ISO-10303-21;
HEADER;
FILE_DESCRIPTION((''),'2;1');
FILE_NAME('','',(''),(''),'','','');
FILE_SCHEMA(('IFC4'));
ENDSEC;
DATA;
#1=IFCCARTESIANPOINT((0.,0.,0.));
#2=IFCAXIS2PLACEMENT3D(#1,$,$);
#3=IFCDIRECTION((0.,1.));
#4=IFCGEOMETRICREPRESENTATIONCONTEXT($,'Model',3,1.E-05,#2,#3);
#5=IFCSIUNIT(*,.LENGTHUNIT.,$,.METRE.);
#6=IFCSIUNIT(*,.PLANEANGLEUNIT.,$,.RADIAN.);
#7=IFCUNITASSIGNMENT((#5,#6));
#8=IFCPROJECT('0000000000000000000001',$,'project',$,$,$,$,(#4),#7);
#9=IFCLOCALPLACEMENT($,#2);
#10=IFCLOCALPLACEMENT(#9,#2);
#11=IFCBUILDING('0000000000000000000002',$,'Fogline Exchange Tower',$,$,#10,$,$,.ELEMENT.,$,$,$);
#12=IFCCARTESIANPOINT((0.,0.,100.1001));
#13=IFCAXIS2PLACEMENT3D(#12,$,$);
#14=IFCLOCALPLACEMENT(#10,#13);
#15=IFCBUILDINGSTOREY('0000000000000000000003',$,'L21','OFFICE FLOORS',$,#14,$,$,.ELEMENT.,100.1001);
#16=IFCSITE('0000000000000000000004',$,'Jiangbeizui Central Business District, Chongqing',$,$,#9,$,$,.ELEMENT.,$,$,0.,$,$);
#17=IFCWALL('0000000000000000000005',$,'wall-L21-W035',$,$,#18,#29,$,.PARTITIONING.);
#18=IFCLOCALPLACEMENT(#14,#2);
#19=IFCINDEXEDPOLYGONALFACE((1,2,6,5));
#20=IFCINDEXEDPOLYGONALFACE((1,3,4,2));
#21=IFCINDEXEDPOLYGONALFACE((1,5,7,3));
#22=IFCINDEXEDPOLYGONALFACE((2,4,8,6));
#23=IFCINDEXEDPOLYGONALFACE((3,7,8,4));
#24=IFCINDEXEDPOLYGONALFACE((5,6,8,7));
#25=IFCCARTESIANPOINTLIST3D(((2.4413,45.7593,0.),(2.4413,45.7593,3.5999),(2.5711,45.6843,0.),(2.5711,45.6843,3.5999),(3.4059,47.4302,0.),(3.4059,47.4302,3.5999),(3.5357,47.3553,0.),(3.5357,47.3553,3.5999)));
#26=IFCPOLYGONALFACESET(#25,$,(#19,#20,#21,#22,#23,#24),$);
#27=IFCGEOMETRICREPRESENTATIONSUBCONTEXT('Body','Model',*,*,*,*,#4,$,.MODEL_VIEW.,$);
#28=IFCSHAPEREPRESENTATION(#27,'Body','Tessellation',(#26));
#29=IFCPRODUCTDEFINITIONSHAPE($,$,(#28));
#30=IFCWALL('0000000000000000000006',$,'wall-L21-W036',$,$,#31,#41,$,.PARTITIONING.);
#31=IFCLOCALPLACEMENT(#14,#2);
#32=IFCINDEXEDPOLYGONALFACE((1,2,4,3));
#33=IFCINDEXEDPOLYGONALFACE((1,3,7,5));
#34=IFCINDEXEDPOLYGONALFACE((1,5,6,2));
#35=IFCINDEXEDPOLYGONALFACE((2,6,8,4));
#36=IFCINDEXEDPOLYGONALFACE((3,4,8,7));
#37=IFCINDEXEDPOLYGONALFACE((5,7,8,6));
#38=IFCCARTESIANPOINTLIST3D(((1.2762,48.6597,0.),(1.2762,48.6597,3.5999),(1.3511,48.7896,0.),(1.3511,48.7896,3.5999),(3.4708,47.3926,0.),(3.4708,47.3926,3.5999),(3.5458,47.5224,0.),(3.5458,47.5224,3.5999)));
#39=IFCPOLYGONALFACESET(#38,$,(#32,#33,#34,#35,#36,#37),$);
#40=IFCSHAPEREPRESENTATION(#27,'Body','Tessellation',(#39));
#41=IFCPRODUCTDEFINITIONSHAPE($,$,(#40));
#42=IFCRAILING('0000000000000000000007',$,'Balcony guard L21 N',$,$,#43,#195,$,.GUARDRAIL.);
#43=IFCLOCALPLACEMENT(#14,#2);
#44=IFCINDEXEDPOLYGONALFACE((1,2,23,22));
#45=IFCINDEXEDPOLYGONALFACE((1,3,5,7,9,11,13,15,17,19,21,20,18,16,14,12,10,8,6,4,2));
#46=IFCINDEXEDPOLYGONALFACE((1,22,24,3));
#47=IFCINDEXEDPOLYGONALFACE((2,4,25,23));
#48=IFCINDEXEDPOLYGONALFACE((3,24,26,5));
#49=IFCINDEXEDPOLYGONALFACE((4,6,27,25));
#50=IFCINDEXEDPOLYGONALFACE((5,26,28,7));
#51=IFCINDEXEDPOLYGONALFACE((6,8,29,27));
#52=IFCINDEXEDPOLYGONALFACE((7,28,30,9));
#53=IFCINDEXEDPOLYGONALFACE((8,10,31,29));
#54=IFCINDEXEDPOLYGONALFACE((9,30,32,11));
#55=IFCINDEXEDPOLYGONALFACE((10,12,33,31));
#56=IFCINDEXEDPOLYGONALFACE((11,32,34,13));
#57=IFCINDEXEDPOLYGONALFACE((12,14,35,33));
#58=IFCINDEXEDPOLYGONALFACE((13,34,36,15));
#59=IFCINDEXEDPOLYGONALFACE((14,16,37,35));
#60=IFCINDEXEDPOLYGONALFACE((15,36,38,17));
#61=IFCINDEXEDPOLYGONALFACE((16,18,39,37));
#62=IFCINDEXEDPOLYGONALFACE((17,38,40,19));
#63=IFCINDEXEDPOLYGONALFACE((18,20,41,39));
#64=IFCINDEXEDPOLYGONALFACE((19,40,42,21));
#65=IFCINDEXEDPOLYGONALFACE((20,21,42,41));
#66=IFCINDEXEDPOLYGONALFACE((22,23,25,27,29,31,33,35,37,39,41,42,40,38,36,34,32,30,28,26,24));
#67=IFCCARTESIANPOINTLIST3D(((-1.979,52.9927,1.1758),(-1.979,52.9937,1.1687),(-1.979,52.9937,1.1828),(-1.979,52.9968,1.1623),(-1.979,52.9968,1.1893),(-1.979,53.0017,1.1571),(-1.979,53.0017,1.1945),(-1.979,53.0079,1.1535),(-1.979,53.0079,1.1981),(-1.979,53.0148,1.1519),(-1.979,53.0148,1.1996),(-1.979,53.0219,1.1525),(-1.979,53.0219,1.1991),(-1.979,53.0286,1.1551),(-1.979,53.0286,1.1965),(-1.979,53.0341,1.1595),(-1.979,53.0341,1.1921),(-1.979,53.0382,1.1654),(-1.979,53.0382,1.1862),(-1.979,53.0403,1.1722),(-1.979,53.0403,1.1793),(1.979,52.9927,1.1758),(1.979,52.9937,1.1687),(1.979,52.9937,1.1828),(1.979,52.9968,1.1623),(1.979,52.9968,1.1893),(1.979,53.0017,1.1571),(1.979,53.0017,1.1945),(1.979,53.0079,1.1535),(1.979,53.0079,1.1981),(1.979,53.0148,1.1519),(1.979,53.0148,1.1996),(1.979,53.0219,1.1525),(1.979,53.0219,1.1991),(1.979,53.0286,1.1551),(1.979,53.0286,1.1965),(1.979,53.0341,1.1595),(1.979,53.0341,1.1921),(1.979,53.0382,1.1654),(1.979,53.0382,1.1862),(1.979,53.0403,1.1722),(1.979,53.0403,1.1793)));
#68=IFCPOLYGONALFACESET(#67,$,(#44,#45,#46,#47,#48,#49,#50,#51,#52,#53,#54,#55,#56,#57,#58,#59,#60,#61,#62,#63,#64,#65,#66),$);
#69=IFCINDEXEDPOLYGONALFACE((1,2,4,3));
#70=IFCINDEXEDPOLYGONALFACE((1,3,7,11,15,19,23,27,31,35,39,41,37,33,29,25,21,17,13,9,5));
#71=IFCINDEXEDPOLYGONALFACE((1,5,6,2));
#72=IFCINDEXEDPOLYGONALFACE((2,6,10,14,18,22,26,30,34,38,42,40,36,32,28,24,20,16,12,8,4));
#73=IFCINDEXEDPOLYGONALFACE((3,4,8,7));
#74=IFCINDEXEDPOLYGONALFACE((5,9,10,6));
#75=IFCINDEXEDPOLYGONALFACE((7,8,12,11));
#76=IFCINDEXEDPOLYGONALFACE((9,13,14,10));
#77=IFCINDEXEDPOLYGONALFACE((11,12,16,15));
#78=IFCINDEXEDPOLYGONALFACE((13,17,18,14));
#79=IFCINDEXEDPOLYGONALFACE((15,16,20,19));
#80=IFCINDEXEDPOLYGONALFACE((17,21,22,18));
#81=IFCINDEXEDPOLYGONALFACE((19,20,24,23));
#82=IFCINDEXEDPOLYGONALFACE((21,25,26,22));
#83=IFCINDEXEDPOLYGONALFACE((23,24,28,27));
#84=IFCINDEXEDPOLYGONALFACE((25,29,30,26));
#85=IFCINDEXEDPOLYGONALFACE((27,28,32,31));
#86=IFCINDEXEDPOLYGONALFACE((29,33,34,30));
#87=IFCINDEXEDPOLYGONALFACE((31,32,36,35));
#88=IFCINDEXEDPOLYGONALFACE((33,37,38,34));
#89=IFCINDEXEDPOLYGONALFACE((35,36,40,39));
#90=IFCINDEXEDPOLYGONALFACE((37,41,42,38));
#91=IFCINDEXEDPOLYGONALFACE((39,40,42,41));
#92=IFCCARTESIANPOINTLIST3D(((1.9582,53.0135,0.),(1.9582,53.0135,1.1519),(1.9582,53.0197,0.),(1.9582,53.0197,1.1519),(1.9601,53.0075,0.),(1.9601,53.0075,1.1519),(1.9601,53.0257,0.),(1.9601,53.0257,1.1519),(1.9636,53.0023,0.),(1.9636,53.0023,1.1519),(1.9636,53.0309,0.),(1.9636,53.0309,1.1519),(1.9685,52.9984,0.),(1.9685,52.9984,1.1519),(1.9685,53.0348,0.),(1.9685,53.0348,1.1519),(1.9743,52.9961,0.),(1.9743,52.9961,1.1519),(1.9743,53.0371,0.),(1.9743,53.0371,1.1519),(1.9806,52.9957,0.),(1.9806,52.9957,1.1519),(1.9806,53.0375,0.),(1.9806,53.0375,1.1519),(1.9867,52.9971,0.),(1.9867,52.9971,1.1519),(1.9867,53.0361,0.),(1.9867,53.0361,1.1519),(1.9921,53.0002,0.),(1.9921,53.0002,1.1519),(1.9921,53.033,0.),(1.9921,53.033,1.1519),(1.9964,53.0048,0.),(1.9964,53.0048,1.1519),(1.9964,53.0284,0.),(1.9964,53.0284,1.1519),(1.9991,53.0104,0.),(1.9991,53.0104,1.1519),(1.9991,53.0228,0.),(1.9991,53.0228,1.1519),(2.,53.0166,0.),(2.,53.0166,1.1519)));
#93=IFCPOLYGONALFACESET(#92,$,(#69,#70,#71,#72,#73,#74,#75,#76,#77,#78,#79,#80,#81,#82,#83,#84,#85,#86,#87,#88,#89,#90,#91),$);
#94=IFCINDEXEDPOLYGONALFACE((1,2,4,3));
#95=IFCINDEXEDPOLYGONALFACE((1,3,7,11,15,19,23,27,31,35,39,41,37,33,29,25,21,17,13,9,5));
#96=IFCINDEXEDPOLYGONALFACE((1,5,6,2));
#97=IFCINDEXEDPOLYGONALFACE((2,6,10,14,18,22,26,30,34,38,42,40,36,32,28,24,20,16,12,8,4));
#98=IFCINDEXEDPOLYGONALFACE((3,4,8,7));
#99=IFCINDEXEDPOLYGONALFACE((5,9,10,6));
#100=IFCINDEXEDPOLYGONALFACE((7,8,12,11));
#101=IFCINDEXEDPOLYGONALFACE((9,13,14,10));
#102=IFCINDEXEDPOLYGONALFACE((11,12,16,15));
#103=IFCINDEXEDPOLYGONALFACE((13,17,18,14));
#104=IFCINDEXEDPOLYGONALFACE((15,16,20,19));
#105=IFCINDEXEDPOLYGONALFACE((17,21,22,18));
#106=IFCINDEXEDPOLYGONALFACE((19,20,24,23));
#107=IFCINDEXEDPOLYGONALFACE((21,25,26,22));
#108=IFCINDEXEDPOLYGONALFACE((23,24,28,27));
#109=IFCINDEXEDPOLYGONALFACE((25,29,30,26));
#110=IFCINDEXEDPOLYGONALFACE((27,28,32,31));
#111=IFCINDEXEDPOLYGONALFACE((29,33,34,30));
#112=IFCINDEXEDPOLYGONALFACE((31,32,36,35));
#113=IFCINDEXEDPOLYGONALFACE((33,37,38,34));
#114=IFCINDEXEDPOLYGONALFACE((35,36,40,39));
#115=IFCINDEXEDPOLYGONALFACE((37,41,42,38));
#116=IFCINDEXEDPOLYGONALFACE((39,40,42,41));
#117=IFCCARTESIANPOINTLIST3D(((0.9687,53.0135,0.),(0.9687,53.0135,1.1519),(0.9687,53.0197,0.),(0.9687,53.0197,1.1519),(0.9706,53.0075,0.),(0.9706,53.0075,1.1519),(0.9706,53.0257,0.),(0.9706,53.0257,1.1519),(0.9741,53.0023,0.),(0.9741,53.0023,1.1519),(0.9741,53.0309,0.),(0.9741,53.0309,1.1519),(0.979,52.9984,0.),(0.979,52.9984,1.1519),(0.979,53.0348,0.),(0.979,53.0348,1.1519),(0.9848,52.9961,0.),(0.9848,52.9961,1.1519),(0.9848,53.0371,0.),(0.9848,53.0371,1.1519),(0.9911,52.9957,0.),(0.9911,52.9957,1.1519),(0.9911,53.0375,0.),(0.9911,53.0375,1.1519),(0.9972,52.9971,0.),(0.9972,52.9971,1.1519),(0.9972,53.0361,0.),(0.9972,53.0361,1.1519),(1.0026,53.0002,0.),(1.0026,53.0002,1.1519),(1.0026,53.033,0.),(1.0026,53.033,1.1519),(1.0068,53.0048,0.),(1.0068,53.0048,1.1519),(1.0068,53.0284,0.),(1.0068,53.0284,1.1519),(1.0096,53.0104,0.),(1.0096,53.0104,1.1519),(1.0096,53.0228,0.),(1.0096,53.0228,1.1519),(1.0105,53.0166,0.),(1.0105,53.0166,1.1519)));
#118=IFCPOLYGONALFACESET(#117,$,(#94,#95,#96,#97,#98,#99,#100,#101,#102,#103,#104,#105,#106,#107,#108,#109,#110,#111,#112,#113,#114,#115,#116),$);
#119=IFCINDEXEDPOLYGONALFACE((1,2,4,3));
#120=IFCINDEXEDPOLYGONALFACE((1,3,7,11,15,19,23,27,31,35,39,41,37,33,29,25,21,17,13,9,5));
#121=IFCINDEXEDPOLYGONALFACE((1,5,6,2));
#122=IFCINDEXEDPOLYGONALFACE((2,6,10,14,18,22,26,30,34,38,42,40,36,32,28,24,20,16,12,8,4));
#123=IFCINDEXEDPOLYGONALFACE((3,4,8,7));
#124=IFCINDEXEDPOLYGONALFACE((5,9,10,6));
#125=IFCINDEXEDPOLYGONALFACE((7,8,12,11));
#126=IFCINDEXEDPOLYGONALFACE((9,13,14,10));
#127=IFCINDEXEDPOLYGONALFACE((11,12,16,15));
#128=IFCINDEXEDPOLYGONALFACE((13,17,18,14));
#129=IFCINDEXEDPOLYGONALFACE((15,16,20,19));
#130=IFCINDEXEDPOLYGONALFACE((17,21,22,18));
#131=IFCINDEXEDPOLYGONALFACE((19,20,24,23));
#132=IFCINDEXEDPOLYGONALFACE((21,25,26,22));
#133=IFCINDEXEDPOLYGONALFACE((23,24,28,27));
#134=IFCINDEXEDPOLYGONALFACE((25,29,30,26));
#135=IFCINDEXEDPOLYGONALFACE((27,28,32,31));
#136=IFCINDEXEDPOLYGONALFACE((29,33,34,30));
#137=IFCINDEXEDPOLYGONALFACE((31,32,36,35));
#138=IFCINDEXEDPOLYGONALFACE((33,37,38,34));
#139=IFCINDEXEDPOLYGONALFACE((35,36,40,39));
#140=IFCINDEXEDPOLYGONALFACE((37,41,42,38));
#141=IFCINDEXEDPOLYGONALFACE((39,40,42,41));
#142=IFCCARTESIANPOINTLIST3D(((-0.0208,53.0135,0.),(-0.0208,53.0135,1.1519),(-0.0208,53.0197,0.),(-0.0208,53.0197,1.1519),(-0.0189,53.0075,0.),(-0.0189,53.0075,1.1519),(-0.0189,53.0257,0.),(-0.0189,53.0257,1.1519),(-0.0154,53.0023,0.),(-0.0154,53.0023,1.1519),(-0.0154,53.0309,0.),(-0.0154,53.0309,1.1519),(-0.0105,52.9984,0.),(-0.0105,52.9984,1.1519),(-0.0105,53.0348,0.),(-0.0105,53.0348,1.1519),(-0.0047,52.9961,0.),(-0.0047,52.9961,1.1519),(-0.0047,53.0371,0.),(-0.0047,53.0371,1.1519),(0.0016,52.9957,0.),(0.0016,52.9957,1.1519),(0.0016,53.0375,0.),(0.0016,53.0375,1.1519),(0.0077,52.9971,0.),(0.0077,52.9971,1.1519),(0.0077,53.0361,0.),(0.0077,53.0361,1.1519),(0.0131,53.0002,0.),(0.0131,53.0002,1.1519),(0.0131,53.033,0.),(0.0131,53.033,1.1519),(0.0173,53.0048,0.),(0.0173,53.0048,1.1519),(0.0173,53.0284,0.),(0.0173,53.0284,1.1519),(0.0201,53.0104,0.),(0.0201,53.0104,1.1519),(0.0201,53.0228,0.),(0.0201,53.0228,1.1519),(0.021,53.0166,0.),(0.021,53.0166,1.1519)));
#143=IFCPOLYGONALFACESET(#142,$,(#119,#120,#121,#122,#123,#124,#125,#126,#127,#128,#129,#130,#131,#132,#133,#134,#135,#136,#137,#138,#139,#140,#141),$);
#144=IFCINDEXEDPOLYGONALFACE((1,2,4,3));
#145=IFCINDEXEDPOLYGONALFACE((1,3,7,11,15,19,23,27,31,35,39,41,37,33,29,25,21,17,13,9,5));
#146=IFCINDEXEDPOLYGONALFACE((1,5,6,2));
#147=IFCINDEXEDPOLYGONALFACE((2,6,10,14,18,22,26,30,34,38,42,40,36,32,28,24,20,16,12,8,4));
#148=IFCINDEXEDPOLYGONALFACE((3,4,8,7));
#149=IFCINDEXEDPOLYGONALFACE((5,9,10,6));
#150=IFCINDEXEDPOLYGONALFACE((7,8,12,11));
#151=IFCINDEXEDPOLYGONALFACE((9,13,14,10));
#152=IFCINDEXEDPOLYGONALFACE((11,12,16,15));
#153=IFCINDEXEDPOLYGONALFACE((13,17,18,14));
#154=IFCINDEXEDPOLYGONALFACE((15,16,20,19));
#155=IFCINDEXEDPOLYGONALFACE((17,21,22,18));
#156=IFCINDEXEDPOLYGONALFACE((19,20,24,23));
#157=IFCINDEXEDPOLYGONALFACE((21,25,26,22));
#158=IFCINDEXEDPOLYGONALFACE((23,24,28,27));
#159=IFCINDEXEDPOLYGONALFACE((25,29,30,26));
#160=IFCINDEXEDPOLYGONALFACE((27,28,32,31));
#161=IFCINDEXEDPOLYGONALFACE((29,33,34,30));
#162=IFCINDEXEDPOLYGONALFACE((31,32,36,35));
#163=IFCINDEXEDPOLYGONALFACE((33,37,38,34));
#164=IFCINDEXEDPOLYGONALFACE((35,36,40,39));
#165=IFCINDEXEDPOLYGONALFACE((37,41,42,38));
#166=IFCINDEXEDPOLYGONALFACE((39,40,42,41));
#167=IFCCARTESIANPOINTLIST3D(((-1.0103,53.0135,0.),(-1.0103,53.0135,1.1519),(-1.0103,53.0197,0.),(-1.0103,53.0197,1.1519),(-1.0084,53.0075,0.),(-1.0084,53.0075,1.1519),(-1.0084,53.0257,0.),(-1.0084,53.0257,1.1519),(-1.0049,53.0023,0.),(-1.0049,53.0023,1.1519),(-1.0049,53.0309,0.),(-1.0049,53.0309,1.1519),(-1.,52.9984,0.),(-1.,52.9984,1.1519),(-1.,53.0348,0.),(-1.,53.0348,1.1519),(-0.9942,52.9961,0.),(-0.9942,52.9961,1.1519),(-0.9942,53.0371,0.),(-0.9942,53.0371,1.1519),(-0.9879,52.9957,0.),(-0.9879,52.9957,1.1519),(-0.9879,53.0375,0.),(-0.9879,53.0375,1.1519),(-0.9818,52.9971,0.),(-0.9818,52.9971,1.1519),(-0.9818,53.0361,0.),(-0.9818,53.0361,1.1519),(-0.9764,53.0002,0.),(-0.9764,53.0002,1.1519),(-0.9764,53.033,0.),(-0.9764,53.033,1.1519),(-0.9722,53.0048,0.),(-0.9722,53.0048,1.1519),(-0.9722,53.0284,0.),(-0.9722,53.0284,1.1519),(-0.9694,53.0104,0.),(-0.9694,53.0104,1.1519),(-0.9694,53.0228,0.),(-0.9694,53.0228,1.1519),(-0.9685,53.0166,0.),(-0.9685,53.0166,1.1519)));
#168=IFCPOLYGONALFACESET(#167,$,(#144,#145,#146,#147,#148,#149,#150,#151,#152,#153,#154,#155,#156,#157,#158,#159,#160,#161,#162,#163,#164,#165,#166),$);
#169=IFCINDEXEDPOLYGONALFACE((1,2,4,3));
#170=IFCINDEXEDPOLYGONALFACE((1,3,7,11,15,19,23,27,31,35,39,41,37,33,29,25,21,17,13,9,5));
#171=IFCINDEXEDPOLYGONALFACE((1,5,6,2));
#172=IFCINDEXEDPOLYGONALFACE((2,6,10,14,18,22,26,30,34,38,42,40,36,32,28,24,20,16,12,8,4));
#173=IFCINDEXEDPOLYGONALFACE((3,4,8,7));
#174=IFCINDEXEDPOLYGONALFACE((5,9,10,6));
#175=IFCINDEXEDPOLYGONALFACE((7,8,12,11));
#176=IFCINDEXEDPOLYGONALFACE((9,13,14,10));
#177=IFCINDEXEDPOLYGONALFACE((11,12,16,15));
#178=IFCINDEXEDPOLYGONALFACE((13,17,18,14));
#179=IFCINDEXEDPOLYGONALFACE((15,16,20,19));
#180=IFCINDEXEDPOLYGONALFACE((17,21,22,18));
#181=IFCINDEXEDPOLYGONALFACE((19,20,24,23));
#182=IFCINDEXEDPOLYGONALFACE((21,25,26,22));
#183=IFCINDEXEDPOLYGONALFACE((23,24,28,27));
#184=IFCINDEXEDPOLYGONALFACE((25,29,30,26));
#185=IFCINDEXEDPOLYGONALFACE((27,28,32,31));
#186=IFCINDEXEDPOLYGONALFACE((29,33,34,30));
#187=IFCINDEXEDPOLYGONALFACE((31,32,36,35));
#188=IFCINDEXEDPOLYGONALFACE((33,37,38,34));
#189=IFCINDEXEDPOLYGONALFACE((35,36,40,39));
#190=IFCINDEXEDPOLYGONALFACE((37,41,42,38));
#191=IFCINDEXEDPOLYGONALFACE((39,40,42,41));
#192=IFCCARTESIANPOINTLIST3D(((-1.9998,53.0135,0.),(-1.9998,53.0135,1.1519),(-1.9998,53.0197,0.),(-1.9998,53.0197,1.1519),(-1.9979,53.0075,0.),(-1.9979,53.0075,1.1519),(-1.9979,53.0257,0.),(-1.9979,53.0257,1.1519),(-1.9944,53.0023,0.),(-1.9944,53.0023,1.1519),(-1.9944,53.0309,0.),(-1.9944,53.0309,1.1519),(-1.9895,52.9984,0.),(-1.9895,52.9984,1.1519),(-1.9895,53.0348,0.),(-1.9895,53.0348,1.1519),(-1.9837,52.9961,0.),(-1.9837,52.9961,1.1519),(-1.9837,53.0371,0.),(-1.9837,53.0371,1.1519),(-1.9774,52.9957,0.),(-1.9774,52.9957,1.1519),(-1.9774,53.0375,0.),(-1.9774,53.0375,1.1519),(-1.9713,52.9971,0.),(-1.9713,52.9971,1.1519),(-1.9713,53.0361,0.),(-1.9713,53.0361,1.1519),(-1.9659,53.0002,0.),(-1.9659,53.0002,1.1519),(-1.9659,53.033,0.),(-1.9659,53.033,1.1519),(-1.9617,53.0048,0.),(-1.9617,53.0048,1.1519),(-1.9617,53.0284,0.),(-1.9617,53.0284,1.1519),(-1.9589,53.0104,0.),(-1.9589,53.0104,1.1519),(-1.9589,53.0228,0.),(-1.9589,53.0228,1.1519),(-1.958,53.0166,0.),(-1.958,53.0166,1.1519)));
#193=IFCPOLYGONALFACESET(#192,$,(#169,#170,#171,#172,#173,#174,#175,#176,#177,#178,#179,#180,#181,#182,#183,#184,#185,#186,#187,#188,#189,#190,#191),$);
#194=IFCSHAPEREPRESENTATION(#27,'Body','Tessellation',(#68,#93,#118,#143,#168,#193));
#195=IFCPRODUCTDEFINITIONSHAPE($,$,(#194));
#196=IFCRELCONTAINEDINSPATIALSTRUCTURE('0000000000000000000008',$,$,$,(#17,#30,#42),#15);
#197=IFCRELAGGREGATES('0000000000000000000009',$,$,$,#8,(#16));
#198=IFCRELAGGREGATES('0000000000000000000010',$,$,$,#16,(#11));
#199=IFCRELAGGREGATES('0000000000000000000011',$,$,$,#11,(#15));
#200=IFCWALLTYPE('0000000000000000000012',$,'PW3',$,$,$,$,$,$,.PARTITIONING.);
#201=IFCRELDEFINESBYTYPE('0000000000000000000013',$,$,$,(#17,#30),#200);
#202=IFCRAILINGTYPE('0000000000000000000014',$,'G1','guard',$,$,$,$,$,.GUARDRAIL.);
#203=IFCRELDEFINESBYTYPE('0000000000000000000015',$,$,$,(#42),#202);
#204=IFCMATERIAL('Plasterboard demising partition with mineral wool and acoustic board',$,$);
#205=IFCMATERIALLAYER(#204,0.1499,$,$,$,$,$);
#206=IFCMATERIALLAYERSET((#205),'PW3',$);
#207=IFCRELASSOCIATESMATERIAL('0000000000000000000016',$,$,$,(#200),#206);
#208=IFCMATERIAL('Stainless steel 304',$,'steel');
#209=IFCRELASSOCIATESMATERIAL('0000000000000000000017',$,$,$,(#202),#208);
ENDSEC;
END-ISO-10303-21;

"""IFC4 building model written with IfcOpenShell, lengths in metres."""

from ifc_helpers import new_model, si_unit, direction, frame, frame_2d, origin, origin_2d, place, context, subcontext, project, spatial, rectangle, circle, extrude, material, layer, layer_set, type_object, element, save


model = new_model("IFC4")

# Units and contexts
model_context = context("Model", 3, precision=1e-05, world=origin(), true_north=direction((0.0, 1.0)))
body_context = subcontext(model_context, "Body", "Model", "MODEL_VIEW")
ifc_project = project(units=[si_unit("LENGTHUNIT", "METRE"), si_unit("PLANEANGLEUNIT", "RADIAN")], contexts=[model_context])

# Site, building, storey
site_placement = place(None, origin())
site = spatial("IfcSite", under=ifc_project, at=site_placement, Name="Jiangbeizui Central Business District, Chongqing", CompositionType="ELEMENT", RefElevation=0.0)
building_placement = place(site_placement, origin())
building = spatial("IfcBuilding", under=site, at=building_placement, Name="Fogline Exchange Tower", CompositionType="ELEMENT")
storey_placement = place(building_placement, frame((0.0, 0.0, 100.1001)))
storey = spatial("IfcBuildingStorey", under=building, at=storey_placement, Name="L21", Description="OFFICE FLOORS", CompositionType="ELEMENT", Elevation=100.1001)

# Walls
ifc_material_1 = material(Name="Plasterboard demising partition with mineral wool and acoustic board")
ifc_layer_1 = layer(ifc_material_1, 0.1499)
ifc_layer_set_1 = layer_set([ifc_layer_1], Name="PW3")
wall_type_1 = type_object("IfcWallType", Name="PW3", PredefinedType="PARTITIONING", material=ifc_layer_set_1)
wall_1_placement = place(storey_placement, frame((2.5061, 45.7217, 0.0), z_axis=(0.0, 0.0, 1.0), x_axis=(0.499963, 0.866047, 0.0)))
element("IfcWall", 1, at=wall_1_placement, inside=storey, type_object=wall_type_1, Name="wall-L21-W035", PredefinedType="PARTITIONING", context=body_context, shape_type="SweptSolid", body=[
    extrude(rectangle(XDim=1.9294, YDim=0.1499, at=frame_2d((0.9648, 0.0))), origin(), (0.0, 0.0, 1.0), 3.5999),
])
wall_2_placement = place(storey_placement, frame((3.5083, 47.4575, 0.0), z_axis=(0.0, 0.0, 1.0), x_axis=(-0.866017, 0.500014, 0.0)))
element("IfcWall", 2, at=wall_2_placement, inside=storey, type_object=wall_type_1, Name="wall-L21-W036", PredefinedType="PARTITIONING", context=body_context, shape_type="SweptSolid", body=[
    extrude(rectangle(XDim=2.5342, YDim=0.1499, at=frame_2d((1.2671, 0.0))), origin(), (0.0, 0.0, 1.0), 3.5999),
])

# Railing
ifc_material_2 = material(Name="Stainless steel 304", Category="steel")
railing_type = type_object("IfcRailingType", Name="G1", Description="guard", PredefinedType="GUARDRAIL", material=ifc_material_2)
railing_placement = place(storey_placement, frame((1.979, 53.0166, 0.0)))
element("IfcRailing", 3, at=railing_placement, inside=storey, type_object=railing_type, Name="Balcony guard L21 N", PredefinedType="GUARDRAIL", context=body_context, shape_type="SweptSolid", body=[
    extrude(circle(Radius=0.0239, at=origin_2d()), frame((0.0, 0.0, 1.1758), z_axis=(-1.0, 0.0, 0.0), x_axis=(0.0, -1.0, 0.0)), (0.0, 0.0, 1.0), 3.958),
    extrude(circle(Radius=0.021, at=origin_2d()), origin(), (0.0, 0.0, 1.0), 1.1519),
    extrude(circle(Radius=0.021, at=origin_2d()), frame((-0.9895, 0.0, 0.0)), (0.0, 0.0, 1.0), 1.1519),
    extrude(circle(Radius=0.021, at=origin_2d()), frame((-1.979, 0.0, 0.0)), (0.0, 0.0, 1.0), 1.1519),
    extrude(circle(Radius=0.021, at=origin_2d()), frame((-2.9685, 0.0, 0.0)), (0.0, 0.0, 1.0), 1.1519),
    extrude(circle(Radius=0.021, at=origin_2d()), frame((-3.958, 0.0, 0.0)), (0.0, 0.0, 1.0), 1.1519),
])

save(model, "model.ifc")
